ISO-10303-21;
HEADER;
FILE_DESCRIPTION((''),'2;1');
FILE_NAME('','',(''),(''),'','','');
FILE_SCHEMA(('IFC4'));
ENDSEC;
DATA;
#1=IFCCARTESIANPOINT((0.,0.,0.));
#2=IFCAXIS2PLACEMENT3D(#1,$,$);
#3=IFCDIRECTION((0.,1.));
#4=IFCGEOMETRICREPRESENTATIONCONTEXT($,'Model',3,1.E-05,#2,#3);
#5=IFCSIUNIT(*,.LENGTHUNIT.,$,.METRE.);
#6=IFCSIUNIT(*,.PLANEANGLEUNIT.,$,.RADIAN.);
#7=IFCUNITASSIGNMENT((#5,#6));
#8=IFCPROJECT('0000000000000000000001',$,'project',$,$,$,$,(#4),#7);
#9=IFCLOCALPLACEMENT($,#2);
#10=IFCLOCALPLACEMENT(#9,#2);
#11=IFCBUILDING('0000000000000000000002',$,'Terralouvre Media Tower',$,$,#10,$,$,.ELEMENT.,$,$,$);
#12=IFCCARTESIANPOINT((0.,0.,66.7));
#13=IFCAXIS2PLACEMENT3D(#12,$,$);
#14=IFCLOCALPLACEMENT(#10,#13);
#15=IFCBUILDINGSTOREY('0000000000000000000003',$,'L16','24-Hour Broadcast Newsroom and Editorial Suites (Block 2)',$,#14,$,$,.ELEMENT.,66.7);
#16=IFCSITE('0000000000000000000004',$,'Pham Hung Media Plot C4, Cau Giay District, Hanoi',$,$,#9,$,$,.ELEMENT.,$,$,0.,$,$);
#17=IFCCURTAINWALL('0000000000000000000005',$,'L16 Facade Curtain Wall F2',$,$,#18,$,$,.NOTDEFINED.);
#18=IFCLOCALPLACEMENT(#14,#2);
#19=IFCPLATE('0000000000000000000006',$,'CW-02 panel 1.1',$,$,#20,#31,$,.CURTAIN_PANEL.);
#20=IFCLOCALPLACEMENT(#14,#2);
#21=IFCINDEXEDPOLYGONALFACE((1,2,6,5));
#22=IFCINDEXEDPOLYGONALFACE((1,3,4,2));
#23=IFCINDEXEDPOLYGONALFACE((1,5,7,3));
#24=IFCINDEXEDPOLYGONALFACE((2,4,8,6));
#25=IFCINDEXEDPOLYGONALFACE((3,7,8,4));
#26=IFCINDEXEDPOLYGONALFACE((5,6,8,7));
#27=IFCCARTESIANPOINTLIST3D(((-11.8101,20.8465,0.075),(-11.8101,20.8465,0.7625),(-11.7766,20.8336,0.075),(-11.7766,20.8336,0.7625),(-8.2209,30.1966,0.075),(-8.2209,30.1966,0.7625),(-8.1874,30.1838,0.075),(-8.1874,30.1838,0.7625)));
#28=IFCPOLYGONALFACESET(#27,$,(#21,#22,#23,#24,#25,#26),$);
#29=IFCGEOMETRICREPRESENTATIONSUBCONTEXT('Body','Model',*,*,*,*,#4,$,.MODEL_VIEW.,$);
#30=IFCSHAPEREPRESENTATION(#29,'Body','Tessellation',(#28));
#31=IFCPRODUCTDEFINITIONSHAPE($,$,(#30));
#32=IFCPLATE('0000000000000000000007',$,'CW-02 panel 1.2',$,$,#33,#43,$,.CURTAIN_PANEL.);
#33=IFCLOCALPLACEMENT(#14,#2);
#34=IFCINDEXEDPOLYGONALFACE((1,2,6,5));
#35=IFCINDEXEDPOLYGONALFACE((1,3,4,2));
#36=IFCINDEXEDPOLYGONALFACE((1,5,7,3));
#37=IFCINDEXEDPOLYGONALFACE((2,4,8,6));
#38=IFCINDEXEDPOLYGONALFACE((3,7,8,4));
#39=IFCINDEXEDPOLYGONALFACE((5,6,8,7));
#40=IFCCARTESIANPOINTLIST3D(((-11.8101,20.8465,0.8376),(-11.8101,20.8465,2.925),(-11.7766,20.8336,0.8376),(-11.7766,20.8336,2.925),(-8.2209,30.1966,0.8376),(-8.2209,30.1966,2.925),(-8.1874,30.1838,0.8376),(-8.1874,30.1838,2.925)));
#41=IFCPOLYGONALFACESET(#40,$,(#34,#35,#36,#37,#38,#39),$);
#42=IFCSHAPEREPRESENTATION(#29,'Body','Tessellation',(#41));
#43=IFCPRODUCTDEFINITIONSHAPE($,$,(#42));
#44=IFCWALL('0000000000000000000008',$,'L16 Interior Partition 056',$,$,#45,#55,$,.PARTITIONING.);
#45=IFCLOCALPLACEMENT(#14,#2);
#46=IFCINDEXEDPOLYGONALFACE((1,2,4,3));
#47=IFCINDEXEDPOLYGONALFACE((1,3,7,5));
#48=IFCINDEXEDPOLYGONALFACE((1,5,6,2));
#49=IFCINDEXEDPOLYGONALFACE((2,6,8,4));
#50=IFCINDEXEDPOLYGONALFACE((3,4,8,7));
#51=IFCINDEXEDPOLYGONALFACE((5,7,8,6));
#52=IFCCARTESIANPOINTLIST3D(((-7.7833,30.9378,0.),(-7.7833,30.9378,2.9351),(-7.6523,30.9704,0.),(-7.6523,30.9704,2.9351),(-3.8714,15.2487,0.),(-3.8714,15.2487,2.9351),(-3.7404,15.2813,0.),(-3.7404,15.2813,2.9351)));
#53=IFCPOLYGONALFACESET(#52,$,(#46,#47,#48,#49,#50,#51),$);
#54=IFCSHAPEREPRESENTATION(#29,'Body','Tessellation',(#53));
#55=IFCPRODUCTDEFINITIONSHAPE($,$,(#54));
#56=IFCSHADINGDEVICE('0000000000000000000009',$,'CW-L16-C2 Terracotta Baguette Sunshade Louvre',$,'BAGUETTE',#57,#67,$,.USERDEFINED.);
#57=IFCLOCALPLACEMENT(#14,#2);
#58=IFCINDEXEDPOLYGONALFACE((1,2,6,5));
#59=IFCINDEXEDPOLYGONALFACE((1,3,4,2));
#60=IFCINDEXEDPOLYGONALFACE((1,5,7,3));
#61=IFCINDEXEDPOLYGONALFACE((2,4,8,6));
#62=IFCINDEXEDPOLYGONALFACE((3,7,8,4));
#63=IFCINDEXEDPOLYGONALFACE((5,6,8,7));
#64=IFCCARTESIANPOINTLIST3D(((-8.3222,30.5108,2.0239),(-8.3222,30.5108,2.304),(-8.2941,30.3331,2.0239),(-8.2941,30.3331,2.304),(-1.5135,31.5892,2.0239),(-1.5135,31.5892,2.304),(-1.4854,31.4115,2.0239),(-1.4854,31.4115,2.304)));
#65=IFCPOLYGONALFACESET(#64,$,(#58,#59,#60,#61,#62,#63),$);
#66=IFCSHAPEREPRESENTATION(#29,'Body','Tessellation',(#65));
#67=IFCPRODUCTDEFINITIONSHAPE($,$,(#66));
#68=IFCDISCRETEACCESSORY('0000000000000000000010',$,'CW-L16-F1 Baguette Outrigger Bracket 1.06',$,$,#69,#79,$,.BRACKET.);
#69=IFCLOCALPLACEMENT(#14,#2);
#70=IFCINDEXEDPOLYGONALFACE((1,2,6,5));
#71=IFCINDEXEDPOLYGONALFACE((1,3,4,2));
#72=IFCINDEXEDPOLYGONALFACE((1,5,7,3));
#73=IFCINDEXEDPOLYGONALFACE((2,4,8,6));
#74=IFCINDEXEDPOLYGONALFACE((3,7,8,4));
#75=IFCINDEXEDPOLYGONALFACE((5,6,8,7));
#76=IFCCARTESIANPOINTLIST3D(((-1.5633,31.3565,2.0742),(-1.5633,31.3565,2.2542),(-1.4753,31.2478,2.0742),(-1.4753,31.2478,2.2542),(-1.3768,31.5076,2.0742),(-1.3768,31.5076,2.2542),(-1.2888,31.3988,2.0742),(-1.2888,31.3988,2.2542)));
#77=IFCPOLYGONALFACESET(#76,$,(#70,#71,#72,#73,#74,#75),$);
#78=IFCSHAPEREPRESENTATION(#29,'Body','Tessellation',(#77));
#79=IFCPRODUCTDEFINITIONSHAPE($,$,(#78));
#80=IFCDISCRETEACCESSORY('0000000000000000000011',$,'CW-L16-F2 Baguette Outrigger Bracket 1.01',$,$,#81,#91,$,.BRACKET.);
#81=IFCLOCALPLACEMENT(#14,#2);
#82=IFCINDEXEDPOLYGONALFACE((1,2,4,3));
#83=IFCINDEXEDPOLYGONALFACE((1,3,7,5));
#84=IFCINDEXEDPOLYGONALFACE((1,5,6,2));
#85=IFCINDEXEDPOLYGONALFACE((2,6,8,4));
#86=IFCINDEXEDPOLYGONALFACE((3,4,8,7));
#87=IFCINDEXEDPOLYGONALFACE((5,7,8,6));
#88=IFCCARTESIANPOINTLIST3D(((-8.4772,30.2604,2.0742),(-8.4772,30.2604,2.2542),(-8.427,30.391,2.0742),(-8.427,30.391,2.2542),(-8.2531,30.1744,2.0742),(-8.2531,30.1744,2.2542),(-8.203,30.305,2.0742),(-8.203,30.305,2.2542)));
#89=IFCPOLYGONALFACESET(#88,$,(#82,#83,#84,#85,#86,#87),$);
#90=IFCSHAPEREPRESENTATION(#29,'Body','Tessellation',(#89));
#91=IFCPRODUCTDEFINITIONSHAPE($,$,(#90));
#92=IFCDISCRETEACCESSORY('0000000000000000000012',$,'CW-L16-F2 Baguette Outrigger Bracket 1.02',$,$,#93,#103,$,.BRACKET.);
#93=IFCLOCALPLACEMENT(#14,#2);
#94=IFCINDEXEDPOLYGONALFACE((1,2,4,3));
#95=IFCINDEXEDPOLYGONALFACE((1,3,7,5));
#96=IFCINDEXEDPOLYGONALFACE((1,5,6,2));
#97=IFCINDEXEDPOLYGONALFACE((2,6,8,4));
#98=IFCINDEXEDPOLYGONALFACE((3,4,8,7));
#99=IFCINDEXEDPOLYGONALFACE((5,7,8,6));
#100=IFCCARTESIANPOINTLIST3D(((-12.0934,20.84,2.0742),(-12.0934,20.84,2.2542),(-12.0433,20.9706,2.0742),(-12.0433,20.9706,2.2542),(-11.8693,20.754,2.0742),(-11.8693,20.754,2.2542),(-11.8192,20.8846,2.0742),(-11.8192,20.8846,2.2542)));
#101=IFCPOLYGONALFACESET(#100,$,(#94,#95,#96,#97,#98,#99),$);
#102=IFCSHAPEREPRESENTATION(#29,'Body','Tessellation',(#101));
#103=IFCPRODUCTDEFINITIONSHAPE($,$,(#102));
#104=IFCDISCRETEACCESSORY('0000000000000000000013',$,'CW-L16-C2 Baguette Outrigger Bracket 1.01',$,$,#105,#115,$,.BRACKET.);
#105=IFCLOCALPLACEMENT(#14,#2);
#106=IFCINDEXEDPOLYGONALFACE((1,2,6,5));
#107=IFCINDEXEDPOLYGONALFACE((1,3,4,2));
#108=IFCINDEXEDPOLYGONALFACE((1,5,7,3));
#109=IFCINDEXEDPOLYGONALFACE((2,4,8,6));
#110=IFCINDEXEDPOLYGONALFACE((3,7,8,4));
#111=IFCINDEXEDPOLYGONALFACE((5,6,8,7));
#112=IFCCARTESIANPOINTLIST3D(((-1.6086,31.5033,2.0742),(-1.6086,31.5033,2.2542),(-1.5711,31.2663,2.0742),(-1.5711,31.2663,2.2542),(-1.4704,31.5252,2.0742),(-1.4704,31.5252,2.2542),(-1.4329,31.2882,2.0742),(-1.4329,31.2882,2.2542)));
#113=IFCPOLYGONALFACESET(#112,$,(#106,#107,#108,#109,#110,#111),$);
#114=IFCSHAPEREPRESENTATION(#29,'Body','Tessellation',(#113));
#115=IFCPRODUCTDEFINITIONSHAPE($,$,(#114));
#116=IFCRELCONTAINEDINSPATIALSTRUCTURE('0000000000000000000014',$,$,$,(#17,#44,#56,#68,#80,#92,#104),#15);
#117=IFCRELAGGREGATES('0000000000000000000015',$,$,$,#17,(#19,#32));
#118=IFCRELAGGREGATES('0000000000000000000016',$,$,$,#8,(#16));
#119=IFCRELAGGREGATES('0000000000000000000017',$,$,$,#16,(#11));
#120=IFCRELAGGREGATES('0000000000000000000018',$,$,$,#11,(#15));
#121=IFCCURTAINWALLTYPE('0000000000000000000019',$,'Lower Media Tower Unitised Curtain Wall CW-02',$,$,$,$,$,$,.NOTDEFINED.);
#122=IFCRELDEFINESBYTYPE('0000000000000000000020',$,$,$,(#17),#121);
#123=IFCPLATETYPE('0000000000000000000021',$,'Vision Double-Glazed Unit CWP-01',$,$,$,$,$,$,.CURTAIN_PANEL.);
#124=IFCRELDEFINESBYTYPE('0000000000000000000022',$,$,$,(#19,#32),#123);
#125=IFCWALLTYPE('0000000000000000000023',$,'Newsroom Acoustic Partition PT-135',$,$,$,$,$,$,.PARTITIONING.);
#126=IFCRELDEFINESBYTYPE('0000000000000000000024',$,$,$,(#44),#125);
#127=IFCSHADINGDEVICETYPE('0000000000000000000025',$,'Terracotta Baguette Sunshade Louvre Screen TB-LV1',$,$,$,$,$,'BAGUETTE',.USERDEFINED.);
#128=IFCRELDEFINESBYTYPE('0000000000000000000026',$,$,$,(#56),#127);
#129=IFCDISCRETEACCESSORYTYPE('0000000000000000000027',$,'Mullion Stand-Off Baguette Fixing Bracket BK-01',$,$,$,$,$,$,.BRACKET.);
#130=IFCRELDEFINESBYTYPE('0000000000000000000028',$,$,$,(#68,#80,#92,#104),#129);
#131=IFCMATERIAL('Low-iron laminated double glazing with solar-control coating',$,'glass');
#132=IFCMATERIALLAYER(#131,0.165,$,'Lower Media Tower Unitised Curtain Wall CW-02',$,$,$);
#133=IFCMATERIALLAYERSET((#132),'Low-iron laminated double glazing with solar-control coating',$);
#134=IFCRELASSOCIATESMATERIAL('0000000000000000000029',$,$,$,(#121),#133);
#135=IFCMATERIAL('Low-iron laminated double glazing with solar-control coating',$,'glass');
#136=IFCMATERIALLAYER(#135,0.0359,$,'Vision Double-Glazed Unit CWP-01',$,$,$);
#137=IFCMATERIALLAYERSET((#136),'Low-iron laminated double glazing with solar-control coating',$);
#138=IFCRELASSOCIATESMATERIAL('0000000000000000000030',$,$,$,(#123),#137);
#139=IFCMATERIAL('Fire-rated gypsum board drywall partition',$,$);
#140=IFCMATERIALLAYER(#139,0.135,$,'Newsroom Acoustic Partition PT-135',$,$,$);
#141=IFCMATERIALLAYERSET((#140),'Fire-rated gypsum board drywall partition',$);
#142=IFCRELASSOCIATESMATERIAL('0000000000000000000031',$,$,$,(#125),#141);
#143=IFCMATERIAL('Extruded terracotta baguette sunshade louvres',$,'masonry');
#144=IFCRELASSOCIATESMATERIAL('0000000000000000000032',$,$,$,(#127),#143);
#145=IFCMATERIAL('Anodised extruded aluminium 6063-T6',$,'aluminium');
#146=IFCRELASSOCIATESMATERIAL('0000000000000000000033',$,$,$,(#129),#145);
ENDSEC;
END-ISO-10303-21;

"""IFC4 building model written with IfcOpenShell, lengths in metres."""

from ifc_helpers import new_model, si_unit, direction, frame, frame_2d, origin, origin_2d, place, context, subcontext, project, spatial, rectangle, extrude, material, layer, layer_set, type_object, element, aggregate, save


model = new_model("IFC4")

# Units and contexts
model_context = context("Model", 3, precision=1e-05, world=origin(), true_north=direction((0.0, 1.0)))
body_context = subcontext(model_context, "Body", "Model", "MODEL_VIEW")
ifc_project = project(units=[si_unit("LENGTHUNIT", "METRE"), si_unit("PLANEANGLEUNIT", "RADIAN")], contexts=[model_context])

# Site, building, storey
site_placement = place(None, origin())
site = spatial("IfcSite", under=ifc_project, at=site_placement, Name="Pham Hung Media Plot C4, Cau Giay District, Hanoi", CompositionType="ELEMENT", RefElevation=0.0)
building_placement = place(site_placement, origin())
building = spatial("IfcBuilding", under=site, at=building_placement, Name="Terralouvre Media Tower", CompositionType="ELEMENT")
storey_placement = place(building_placement, frame((0.0, 0.0, 66.7)))
storey = spatial("IfcBuildingStorey", under=building, at=storey_placement, Name="L16", Description="24-Hour Broadcast Newsroom and Editorial Suites (Block 2)", CompositionType="ELEMENT", Elevation=66.7)

# Curtain wall
ifc_material_1 = material(Name="Low-iron laminated double glazing with solar-control coating", Category="glass")
ifc_layer_1 = layer(ifc_material_1, 0.165, Name="Lower Media Tower Unitised Curtain Wall CW-02")
ifc_layer_set_1 = layer_set([ifc_layer_1], Name="Low-iron laminated double glazing with solar-control coating")
curtain_wall_type_1 = type_object("IfcCurtainWallType", Name="Lower Media Tower Unitised Curtain Wall CW-02", PredefinedType="NOTDEFINED", material=ifc_layer_set_1)
curtain_wall_1_placement = place(storey_placement, origin())
curtain_wall_1 = element("IfcCurtainWall", 1, at=curtain_wall_1_placement, inside=storey, type_object=curtain_wall_type_1, Name="L16 Facade Curtain Wall F2", PredefinedType="NOTDEFINED")

# Plates
ifc_material_2 = material(Name="Low-iron laminated double glazing with solar-control coating", Category="glass")
ifc_layer_2 = layer(ifc_material_2, 0.0359, Name="Vision Double-Glazed Unit CWP-01")
ifc_layer_set_2 = layer_set([ifc_layer_2], Name="Low-iron laminated double glazing with solar-control coating")
plate_type_1 = type_object("IfcPlateType", Name="Vision Double-Glazed Unit CWP-01", PredefinedType="CURTAIN_PANEL", material=ifc_layer_set_2)
plate_1_placement = place(storey_placement, frame((-9.9988, 25.5151, 0.075), z_axis=(0.0, 0.0, 1.0), x_axis=(-0.358368, -0.93358, 0.0)))
plate_1 = element("IfcPlate", 2, at=plate_1_placement, type_object=plate_type_1, Name="CW-02 panel 1.1", PredefinedType="CURTAIN_PANEL", context=body_context, shape_type="SweptSolid", body=[
    extrude(rectangle(XDim=10.0154, YDim=0.0359, at=origin_2d()), origin(), (0.0, 0.0, 1.0), 0.6875),
])
plate_2_placement = place(storey_placement, frame((-9.9988, 25.5151, 0.8376), z_axis=(0.0, 0.0, 1.0), x_axis=(-0.358368, -0.93358, 0.0)))
plate_2 = element("IfcPlate", 3, at=plate_2_placement, type_object=plate_type_1, Name="CW-02 panel 1.2", PredefinedType="CURTAIN_PANEL", context=body_context, shape_type="SweptSolid", body=[
    extrude(rectangle(XDim=10.0154, YDim=0.0359, at=origin_2d()), origin(), (0.0, 0.0, 1.0), 2.0874),
])
aggregate(curtain_wall_1, [plate_1, plate_2])

# Wall
ifc_material_3 = material(Name="Fire-rated gypsum board drywall partition")
ifc_layer_3 = layer(ifc_material_3, 0.135, Name="Newsroom Acoustic Partition PT-135")
ifc_layer_set_3 = layer_set([ifc_layer_3], Name="Fire-rated gypsum board drywall partition")
wall_type = type_object("IfcWallType", Name="Newsroom Acoustic Partition PT-135", PredefinedType="PARTITIONING", material=ifc_layer_set_3)
wall_placement = place(storey_placement, frame((-7.7178, 30.9541, 0.0), z_axis=(0.0, 0.0, 1.0), x_axis=(0.241928, -0.970294, 0.0)))
element("IfcWall", 4, at=wall_placement, inside=storey, type_object=wall_type, Name="L16 Interior Partition 056", PredefinedType="PARTITIONING", context=body_context, shape_type="SweptSolid", body=[
    extrude(rectangle(XDim=16.1694, YDim=0.135, at=frame_2d((8.0847, 0.0))), origin(), (0.0, 0.0, 1.0), 2.9351),
])

# Shading device
ifc_material_4 = material(Name="Extruded terracotta baguette sunshade louvres", Category="masonry")
shading_device_type = type_object("IfcShadingDeviceType", Name="Terracotta Baguette Sunshade Louvre Screen TB-LV1", ElementType="BAGUETTE", PredefinedType="USERDEFINED", material=ifc_material_4)
shading_device_placement = place(storey_placement, frame((-4.9038, 30.9612, 2.0239), z_axis=(0.0, 0.0, 1.0), x_axis=(-0.987688, -0.156434, 0.0)))
element("IfcShadingDevice", 5, at=shading_device_placement, inside=storey, type_object=shading_device_type, Name="CW-L16-C2 Terracotta Baguette Sunshade Louvre", ObjectType="BAGUETTE", PredefinedType="USERDEFINED", context=body_context, shape_type="SweptSolid", body=[
    extrude(rectangle(XDim=6.8936, YDim=0.1799, at=origin_2d()), origin(), (0.0, 0.0, 1.0), 0.28),
])

# Discrete accessories
ifc_material_5 = material(Name="Anodised extruded aluminium 6063-T6", Category="aluminium")
discrete_accessory_type = type_object("IfcDiscreteAccessoryType", Name="Mullion Stand-Off Baguette Fixing Bracket BK-01", PredefinedType="BRACKET", material=ifc_material_5)
for number, where, z_axis, x_axis, name in (
    (6, (-1.426, 31.3777, 2.0742), (0.0, 0.0, 1.0), (-0.62932, 0.777146, 0.0), "CW-L16-F1 Baguette Outrigger Bracket 1.06"),
    (7, (-8.3401, 30.2827, 2.0742), (0.0, 0.0, 1.0), (-0.358368, -0.93358, 0.0), "CW-L16-F2 Baguette Outrigger Bracket 1.01"),
    (8, (-11.9563, 20.8623, 2.0742), (0.0, 0.0, 1.0), (-0.358368, -0.93358, 0.0), "CW-L16-F2 Baguette Outrigger Bracket 1.02"),
    (9, (-1.5208, 31.3958, 2.0742), (0.0, 0.0, 1.0), (-0.987688, -0.156434, 0.0), "CW-L16-C2 Baguette Outrigger Bracket 1.01"),
):
    element("IfcDiscreteAccessory", number, at=place(storey_placement, frame(where, z_axis=z_axis, x_axis=x_axis)), inside=storey, type_object=discrete_accessory_type, Name=name, PredefinedType="BRACKET", context=body_context, shape_type="SweptSolid", body=[
        extrude(rectangle(XDim=0.1399, YDim=0.24, at=origin_2d()), origin(), (0.0, 0.0, 1.0), 0.1799),
    ])

save(model, "model.ifc")
